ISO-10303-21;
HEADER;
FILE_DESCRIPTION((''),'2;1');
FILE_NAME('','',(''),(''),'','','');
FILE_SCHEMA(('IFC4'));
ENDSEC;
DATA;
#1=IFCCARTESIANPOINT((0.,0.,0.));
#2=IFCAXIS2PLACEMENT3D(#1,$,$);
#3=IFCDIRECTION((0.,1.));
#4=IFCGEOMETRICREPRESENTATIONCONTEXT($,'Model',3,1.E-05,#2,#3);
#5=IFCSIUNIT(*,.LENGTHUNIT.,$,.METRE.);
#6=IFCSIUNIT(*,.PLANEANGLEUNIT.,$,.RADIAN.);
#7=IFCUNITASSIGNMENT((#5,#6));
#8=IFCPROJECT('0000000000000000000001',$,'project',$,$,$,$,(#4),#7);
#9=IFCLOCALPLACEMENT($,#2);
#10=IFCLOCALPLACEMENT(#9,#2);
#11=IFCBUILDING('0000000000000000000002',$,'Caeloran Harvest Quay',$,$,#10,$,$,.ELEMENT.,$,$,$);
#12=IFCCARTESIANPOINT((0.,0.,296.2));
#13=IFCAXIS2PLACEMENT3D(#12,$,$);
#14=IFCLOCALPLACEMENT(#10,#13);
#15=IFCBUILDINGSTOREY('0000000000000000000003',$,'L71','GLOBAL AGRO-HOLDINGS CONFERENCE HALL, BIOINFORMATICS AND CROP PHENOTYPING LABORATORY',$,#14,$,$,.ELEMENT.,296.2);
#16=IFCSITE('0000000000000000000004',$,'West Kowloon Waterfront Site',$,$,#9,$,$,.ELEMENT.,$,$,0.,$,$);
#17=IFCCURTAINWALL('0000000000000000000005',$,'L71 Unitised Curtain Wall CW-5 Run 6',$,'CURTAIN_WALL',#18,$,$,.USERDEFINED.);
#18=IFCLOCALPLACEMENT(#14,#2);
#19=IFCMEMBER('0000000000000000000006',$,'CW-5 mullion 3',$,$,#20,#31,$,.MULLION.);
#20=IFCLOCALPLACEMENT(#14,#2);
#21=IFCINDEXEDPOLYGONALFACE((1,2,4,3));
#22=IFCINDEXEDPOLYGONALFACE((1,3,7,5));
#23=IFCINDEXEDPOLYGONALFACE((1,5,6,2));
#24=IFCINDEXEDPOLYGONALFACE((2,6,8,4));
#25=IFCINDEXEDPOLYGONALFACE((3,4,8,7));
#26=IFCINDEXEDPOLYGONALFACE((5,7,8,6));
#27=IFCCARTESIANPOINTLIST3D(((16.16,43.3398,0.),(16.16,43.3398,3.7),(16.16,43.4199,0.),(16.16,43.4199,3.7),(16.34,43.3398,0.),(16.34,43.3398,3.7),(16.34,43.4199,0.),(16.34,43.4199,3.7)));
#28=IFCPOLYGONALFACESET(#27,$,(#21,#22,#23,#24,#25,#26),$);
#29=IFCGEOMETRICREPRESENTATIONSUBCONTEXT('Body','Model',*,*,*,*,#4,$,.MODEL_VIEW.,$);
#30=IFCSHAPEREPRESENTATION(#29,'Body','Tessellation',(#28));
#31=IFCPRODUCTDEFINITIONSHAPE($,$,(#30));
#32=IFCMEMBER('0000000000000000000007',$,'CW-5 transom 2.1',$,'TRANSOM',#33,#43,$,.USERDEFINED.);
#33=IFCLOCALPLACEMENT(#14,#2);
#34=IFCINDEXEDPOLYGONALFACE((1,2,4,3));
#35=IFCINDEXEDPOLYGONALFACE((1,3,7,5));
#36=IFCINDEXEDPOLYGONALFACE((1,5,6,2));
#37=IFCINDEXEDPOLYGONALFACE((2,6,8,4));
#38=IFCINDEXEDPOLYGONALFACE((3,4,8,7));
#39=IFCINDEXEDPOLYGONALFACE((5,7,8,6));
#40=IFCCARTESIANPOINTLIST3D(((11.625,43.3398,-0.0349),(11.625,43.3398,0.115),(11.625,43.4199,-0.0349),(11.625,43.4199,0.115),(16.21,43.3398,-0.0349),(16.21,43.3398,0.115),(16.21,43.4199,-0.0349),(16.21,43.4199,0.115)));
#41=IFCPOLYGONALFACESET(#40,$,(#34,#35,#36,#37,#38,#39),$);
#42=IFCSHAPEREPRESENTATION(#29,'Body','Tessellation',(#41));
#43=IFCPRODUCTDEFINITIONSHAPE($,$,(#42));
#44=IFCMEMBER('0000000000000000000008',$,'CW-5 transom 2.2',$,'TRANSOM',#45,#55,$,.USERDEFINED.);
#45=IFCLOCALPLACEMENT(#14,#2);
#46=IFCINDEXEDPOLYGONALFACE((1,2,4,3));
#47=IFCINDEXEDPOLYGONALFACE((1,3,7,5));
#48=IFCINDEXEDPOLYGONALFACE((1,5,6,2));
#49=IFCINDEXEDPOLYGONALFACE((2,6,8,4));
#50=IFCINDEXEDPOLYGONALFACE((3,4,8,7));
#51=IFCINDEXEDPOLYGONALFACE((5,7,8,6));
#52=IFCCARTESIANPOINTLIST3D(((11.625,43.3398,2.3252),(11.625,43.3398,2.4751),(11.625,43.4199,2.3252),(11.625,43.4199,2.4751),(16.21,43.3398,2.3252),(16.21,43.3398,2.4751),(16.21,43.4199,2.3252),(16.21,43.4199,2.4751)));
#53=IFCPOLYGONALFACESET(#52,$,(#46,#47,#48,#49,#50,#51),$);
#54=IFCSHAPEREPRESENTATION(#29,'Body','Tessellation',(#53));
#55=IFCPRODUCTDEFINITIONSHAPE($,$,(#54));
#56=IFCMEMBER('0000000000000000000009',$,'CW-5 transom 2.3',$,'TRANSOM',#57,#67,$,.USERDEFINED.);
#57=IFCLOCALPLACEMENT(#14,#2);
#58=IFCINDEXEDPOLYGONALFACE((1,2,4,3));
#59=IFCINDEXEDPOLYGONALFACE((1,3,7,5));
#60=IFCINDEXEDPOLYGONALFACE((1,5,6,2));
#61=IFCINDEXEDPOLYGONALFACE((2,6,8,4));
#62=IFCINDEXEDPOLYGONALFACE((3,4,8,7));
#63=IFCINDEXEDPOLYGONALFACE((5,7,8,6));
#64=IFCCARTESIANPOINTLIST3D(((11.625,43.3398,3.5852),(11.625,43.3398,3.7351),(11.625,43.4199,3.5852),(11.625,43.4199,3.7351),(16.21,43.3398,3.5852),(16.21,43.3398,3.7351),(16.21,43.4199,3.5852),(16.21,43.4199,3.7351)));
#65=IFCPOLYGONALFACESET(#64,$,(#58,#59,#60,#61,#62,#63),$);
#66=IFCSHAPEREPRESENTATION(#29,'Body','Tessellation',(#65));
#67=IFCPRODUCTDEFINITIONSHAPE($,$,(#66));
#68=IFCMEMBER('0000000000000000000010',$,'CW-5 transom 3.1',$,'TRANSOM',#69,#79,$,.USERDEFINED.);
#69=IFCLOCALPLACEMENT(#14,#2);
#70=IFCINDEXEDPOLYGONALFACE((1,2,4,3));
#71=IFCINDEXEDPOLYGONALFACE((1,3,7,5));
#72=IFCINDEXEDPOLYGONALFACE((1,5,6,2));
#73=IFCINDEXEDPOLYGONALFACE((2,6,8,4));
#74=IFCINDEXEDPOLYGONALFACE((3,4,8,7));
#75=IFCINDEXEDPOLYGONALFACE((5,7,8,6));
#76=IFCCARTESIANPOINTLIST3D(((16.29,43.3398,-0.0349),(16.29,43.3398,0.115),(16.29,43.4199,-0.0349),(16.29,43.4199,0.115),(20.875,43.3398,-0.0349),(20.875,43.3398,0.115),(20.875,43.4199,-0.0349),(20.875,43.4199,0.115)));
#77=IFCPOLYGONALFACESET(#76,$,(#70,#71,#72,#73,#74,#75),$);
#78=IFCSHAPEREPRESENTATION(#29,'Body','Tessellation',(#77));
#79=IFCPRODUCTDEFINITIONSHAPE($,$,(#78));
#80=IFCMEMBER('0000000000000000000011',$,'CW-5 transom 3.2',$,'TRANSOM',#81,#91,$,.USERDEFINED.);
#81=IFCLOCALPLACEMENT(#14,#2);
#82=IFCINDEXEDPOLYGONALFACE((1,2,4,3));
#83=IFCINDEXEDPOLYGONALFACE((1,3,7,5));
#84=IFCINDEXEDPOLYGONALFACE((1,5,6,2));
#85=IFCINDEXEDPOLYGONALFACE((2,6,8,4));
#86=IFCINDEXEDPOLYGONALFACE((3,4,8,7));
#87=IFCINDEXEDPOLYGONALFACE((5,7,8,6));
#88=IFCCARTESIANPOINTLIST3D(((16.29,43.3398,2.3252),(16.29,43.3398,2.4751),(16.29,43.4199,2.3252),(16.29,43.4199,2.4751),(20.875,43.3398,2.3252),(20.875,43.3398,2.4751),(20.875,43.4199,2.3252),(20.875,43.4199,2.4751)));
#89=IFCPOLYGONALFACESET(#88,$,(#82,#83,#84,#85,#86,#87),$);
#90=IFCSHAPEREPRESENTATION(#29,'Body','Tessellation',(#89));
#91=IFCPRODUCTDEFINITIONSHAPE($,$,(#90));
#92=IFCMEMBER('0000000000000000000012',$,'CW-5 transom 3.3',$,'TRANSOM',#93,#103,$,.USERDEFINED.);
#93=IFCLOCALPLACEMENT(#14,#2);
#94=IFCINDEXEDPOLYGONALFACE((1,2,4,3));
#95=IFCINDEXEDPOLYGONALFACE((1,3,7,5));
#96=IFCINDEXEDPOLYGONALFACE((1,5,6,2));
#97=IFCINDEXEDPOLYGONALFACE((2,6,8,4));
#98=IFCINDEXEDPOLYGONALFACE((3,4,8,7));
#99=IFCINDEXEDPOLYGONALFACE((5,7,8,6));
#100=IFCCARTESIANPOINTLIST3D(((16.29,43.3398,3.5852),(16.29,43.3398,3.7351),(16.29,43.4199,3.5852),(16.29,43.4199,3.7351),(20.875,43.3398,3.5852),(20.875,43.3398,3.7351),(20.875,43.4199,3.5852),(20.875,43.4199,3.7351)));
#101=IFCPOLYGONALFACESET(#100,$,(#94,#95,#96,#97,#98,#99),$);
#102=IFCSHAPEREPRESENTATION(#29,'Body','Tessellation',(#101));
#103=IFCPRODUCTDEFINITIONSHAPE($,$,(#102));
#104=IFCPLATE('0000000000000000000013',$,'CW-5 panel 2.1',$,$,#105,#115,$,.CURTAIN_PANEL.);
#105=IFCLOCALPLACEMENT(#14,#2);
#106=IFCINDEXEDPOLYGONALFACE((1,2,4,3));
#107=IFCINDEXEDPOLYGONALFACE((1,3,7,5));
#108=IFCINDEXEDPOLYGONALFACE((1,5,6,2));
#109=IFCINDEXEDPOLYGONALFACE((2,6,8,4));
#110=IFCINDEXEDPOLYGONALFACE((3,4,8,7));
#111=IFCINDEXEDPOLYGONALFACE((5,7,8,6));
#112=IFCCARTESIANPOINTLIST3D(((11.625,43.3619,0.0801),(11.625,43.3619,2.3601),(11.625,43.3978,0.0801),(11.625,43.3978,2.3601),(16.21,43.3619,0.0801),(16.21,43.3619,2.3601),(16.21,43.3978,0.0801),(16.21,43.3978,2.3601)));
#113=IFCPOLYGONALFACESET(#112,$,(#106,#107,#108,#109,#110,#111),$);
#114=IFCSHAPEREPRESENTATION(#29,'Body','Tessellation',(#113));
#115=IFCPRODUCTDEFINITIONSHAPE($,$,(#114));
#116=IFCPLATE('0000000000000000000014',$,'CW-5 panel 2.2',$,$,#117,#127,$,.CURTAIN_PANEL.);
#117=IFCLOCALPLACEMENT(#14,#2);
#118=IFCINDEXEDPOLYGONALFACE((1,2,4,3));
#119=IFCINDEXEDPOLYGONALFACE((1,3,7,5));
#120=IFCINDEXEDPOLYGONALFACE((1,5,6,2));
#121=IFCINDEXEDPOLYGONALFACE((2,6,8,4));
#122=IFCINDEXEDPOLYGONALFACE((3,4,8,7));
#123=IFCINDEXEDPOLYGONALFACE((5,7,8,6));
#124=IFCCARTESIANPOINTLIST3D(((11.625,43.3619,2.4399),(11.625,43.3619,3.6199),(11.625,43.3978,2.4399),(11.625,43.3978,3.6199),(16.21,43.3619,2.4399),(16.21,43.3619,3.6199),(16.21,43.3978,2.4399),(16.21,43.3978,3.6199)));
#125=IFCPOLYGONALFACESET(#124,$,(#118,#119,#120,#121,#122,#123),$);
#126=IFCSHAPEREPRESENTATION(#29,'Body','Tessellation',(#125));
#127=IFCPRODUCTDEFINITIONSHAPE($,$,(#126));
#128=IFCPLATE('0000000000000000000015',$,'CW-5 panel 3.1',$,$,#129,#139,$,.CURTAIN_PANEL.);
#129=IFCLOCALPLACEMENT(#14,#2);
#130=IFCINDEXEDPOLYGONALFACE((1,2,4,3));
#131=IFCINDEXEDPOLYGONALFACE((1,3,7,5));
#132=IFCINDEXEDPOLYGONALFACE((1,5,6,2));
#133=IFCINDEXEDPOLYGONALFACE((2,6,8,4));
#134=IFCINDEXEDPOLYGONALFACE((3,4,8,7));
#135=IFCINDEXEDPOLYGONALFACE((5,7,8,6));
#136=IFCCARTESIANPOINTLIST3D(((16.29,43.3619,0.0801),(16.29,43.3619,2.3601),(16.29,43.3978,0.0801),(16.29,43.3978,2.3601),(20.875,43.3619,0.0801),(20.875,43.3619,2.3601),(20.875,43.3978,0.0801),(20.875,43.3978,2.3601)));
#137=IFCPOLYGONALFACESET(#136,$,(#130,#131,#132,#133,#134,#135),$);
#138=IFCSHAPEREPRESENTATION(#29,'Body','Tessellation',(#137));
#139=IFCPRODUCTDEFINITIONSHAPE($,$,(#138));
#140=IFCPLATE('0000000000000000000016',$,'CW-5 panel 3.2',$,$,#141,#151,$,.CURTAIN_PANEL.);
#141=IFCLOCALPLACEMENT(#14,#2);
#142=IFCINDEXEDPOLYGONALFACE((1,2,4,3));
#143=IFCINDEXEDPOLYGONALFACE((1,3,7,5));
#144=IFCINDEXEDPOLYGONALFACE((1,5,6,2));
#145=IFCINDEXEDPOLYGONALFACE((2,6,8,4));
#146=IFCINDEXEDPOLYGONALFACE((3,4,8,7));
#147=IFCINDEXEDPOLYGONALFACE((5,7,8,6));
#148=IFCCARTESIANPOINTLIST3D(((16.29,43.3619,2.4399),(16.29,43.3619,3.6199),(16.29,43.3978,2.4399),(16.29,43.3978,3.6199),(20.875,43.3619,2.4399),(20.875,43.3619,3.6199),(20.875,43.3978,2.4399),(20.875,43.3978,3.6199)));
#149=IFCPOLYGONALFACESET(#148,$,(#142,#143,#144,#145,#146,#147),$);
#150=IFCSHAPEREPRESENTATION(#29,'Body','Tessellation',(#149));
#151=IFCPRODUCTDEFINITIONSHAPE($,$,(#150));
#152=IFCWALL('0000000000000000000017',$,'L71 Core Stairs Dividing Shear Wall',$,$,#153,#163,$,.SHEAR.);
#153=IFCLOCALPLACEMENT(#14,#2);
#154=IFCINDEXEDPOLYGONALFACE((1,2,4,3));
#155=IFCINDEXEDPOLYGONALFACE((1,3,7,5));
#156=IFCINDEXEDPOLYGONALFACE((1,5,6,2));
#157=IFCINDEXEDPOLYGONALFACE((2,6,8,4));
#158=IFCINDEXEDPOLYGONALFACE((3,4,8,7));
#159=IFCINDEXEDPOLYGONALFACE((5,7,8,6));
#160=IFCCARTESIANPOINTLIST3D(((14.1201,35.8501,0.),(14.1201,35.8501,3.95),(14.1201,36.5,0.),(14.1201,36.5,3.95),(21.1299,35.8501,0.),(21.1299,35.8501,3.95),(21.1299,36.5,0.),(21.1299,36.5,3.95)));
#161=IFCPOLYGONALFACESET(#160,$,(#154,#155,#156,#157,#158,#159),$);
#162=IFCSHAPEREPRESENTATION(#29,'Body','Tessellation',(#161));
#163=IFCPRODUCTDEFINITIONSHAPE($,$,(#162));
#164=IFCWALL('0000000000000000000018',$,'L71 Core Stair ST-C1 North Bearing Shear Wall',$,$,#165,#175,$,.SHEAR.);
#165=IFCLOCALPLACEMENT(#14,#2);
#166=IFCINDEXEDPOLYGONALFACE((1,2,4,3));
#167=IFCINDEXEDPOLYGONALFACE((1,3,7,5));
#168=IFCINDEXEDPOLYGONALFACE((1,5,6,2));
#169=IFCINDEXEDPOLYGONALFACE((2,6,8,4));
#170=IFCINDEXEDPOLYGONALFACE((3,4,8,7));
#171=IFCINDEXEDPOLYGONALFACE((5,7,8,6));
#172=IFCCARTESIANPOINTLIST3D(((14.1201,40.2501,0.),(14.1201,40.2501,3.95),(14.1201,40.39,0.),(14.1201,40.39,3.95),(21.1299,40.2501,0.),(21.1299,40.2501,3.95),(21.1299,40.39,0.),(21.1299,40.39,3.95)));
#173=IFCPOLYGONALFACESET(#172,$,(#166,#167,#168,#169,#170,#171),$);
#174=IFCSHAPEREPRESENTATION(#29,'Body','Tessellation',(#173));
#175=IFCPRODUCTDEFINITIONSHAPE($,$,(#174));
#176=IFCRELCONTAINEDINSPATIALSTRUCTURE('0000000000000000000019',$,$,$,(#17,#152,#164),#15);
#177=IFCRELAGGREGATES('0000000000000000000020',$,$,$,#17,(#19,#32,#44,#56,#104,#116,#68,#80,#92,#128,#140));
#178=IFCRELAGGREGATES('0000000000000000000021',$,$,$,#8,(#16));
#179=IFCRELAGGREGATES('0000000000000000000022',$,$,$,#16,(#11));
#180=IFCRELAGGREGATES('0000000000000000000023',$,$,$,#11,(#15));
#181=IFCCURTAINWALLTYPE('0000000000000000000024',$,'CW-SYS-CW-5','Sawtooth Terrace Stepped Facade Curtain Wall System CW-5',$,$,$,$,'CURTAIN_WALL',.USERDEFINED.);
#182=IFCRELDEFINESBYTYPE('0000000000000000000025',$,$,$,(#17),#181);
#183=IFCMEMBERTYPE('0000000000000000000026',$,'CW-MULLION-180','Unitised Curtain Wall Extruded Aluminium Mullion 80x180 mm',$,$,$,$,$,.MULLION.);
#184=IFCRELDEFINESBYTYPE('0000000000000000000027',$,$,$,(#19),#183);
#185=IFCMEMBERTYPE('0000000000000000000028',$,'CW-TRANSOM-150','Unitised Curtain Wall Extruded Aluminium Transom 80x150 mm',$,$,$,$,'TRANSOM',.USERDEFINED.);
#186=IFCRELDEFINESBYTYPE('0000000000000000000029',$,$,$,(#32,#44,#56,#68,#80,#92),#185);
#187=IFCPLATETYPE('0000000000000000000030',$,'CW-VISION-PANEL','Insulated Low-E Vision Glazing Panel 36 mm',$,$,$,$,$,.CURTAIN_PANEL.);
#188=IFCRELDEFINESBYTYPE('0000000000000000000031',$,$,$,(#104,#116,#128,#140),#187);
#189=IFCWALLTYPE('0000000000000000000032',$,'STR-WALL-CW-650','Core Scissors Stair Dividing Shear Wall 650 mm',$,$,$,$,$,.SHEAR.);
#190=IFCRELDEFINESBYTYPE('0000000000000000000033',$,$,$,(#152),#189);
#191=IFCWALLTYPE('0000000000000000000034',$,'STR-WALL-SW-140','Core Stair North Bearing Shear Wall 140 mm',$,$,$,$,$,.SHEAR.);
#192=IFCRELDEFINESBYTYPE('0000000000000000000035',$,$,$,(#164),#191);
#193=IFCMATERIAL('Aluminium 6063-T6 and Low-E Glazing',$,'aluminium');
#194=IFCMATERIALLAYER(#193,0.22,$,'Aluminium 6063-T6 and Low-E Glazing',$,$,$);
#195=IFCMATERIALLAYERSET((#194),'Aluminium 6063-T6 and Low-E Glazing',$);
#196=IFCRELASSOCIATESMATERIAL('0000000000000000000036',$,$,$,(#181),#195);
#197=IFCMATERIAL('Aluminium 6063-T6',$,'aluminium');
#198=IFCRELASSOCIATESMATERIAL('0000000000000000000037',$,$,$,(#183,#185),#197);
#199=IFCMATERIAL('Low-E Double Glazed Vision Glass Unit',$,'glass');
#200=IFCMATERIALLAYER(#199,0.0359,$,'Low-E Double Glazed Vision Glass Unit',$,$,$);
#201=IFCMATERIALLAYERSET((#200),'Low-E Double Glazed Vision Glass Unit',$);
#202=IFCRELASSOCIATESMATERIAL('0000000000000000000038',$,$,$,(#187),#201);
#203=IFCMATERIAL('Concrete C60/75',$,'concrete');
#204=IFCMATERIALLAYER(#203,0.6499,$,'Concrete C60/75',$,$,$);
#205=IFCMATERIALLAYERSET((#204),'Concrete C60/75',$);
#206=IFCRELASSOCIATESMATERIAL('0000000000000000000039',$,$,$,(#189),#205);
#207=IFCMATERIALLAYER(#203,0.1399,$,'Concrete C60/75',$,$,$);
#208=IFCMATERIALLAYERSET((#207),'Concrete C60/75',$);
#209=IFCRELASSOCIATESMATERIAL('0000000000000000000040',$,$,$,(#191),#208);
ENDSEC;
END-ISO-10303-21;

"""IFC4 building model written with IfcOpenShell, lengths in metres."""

from ifc_helpers import new_model, si_unit, direction, frame, frame_2d, origin, origin_2d, place, context, subcontext, project, spatial, rectangle, extrude, material, layer, layer_set, material_profile, profile_set, type_object, element, aggregate, save


model = new_model("IFC4")

# Units and contexts
model_context = context("Model", 3, precision=1e-05, world=origin(), true_north=direction((0.0, 1.0)))
body_context = subcontext(model_context, "Body", "Model", "MODEL_VIEW")
ifc_project = project(units=[si_unit("LENGTHUNIT", "METRE"), si_unit("PLANEANGLEUNIT", "RADIAN")], contexts=[model_context])

# Site, building, storey
site_placement = place(None, origin())
site = spatial("IfcSite", under=ifc_project, at=site_placement, Name="West Kowloon Waterfront Site", CompositionType="ELEMENT", RefElevation=0.0)
building_placement = place(site_placement, origin())
building = spatial("IfcBuilding", under=site, at=building_placement, Name="Caeloran Harvest Quay", CompositionType="ELEMENT")
storey_placement = place(building_placement, frame((0.0, 0.0, 296.2)))
storey = spatial("IfcBuildingStorey", under=building, at=storey_placement, Name="L71", Description="GLOBAL AGRO-HOLDINGS CONFERENCE HALL, BIOINFORMATICS AND CROP PHENOTYPING LABORATORY", CompositionType="ELEMENT", Elevation=296.2)

# Curtain wall, members, plates
ifc_material_1 = material(Name="Aluminium 6063-T6 and Low-E Glazing", Category="aluminium")
ifc_layer_1 = layer(ifc_material_1, 0.22, Name="Aluminium 6063-T6 and Low-E Glazing")
ifc_layer_set_1 = layer_set([ifc_layer_1], Name="Aluminium 6063-T6 and Low-E Glazing")
curtain_wall_type = type_object("IfcCurtainWallType", Name="CW-SYS-CW-5", Description="Sawtooth Terrace Stepped Facade Curtain Wall System CW-5", ElementType="CURTAIN_WALL", PredefinedType="USERDEFINED", material=ifc_layer_set_1)
curtain_wall_placement = place(storey_placement, origin())
curtain_wall = element("IfcCurtainWall", 1, at=curtain_wall_placement, inside=storey, type_object=curtain_wall_type, Name="L71 Unitised Curtain Wall CW-5 Run 6", ObjectType="CURTAIN_WALL", PredefinedType="USERDEFINED")
ifc_material_2 = material(Name="Aluminium 6063-T6", Category="aluminium")
ifc_material_profile_1 = material_profile(ifc_material_2, rectangle(XDim=0.0801, YDim=0.1799, at=origin_2d()), Name="CW-MULLION-180")
ifc_profile_set_1 = profile_set([ifc_material_profile_1], Name="Aluminium 6063-T6")
member_type_1 = type_object("IfcMemberType", Name="CW-MULLION-180", Description="Unitised Curtain Wall Extruded Aluminium Mullion 80x180 mm", PredefinedType="MULLION", material=ifc_profile_set_1)
member_1_placement = place(storey_placement, frame((16.25, 43.3799, 0.0), z_axis=(0.0, 0.0, 1.0), x_axis=(0.0, 1.0, 0.0)))
member_1 = element("IfcMember", 2, at=member_1_placement, type_object=member_type_1, Name="CW-5 mullion 3", PredefinedType="MULLION", context=body_context, shape_type="SweptSolid", body=[
    extrude(rectangle(XDim=0.0801, YDim=0.1799, at=origin_2d()), origin(), (0.0, 0.0, 1.0), 3.7),
])
ifc_material_profile_2 = material_profile(ifc_material_2, rectangle(XDim=0.0801, YDim=0.1499, at=origin_2d()), Name="CW-TRANSOM-150")
ifc_profile_set_2 = profile_set([ifc_material_profile_2], Name="Aluminium 6063-T6")
member_type_2 = type_object("IfcMemberType", Name="CW-TRANSOM-150", Description="Unitised Curtain Wall Extruded Aluminium Transom 80x150 mm", ElementType="TRANSOM", PredefinedType="USERDEFINED", material=ifc_profile_set_2)
member_2_placement = place(storey_placement, frame((11.625, 43.3799, 0.04), z_axis=(1.0, 0.0, 0.0), x_axis=(0.0, 1.0, 0.0)))
member_2 = element("IfcMember", 3, at=member_2_placement, type_object=member_type_2, Name="CW-5 transom 2.1", ObjectType="TRANSOM", PredefinedType="USERDEFINED", context=body_context, shape_type="SweptSolid", body=[
    extrude(rectangle(XDim=0.0801, YDim=0.1499, at=origin_2d()), origin(), (0.0, 0.0, 1.0), 4.585),
])
member_3_placement = place(storey_placement, frame((11.625, 43.3799, 2.4001), z_axis=(1.0, 0.0, 0.0), x_axis=(0.0, 1.0, 0.0)))
member_3 = element("IfcMember", 4, at=member_3_placement, type_object=member_type_2, Name="CW-5 transom 2.2", ObjectType="TRANSOM", PredefinedType="USERDEFINED", context=body_context, shape_type="SweptSolid", body=[
    extrude(rectangle(XDim=0.0801, YDim=0.1499, at=origin_2d()), origin(), (0.0, 0.0, 1.0), 4.585),
])
member_4_placement = place(storey_placement, frame((11.625, 43.3799, 3.6602), z_axis=(1.0, 0.0, 0.0), x_axis=(0.0, 1.0, 0.0)))
member_4 = element("IfcMember", 5, at=member_4_placement, type_object=member_type_2, Name="CW-5 transom 2.3", ObjectType="TRANSOM", PredefinedType="USERDEFINED", context=body_context, shape_type="SweptSolid", body=[
    extrude(rectangle(XDim=0.0801, YDim=0.1499, at=origin_2d()), origin(), (0.0, 0.0, 1.0), 4.585),
])
member_5_placement = place(storey_placement, frame((16.29, 43.3799, 0.04), z_axis=(1.0, 0.0, 0.0), x_axis=(0.0, 1.0, 0.0)))
member_5 = element("IfcMember", 6, at=member_5_placement, type_object=member_type_2, Name="CW-5 transom 3.1", ObjectType="TRANSOM", PredefinedType="USERDEFINED", context=body_context, shape_type="SweptSolid", body=[
    extrude(rectangle(XDim=0.0801, YDim=0.1499, at=origin_2d()), origin(), (0.0, 0.0, 1.0), 4.585),
])
member_6_placement = place(storey_placement, frame((16.29, 43.3799, 2.4001), z_axis=(1.0, 0.0, 0.0), x_axis=(0.0, 1.0, 0.0)))
member_6 = element("IfcMember", 7, at=member_6_placement, type_object=member_type_2, Name="CW-5 transom 3.2", ObjectType="TRANSOM", PredefinedType="USERDEFINED", context=body_context, shape_type="SweptSolid", body=[
    extrude(rectangle(XDim=0.0801, YDim=0.1499, at=origin_2d()), origin(), (0.0, 0.0, 1.0), 4.585),
])
member_7_placement = place(storey_placement, frame((16.29, 43.3799, 3.6602), z_axis=(1.0, 0.0, 0.0), x_axis=(0.0, 1.0, 0.0)))
member_7 = element("IfcMember", 8, at=member_7_placement, type_object=member_type_2, Name="CW-5 transom 3.3", ObjectType="TRANSOM", PredefinedType="USERDEFINED", context=body_context, shape_type="SweptSolid", body=[
    extrude(rectangle(XDim=0.0801, YDim=0.1499, at=origin_2d()), origin(), (0.0, 0.0, 1.0), 4.585),
])
ifc_material_3 = material(Name="Low-E Double Glazed Vision Glass Unit", Category="glass")
ifc_layer_2 = layer(ifc_material_3, 0.0359, Name="Low-E Double Glazed Vision Glass Unit")
ifc_layer_set_2 = layer_set([ifc_layer_2], Name="Low-E Double Glazed Vision Glass Unit")
plate_type = type_object("IfcPlateType", Name="CW-VISION-PANEL", Description="Insulated Low-E Vision Glazing Panel 36 mm", PredefinedType="CURTAIN_PANEL", material=ifc_layer_set_2)
plate_1_placement = place(storey_placement, frame((13.9175, 43.3799, 0.0801), z_axis=(0.0, 0.0, 1.0), x_axis=(1.0, 0.0, 0.0)))
plate_1 = element("IfcPlate", 9, at=plate_1_placement, type_object=plate_type, Name="CW-5 panel 2.1", PredefinedType="CURTAIN_PANEL", context=body_context, shape_type="SweptSolid", body=[
    extrude(rectangle(XDim=4.585, YDim=0.0359, at=origin_2d()), origin(), (0.0, 0.0, 1.0), 2.28),
])
plate_2_placement = place(storey_placement, frame((13.9175, 43.3799, 2.4399), z_axis=(0.0, 0.0, 1.0), x_axis=(1.0, 0.0, 0.0)))
plate_2 = element("IfcPlate", 10, at=plate_2_placement, type_object=plate_type, Name="CW-5 panel 2.2", PredefinedType="CURTAIN_PANEL", context=body_context, shape_type="SweptSolid", body=[
    extrude(rectangle(XDim=4.585, YDim=0.0359, at=origin_2d()), origin(), (0.0, 0.0, 1.0), 1.1799),
])
plate_3_placement = place(storey_placement, frame((18.5825, 43.3799, 0.0801), z_axis=(0.0, 0.0, 1.0), x_axis=(1.0, 0.0, 0.0)))
plate_3 = element("IfcPlate", 11, at=plate_3_placement, type_object=plate_type, Name="CW-5 panel 3.1", PredefinedType="CURTAIN_PANEL", context=body_context, shape_type="SweptSolid", body=[
    extrude(rectangle(XDim=4.585, YDim=0.0359, at=origin_2d()), origin(), (0.0, 0.0, 1.0), 2.28),
])
plate_4_placement = place(storey_placement, frame((18.5825, 43.3799, 2.4399), z_axis=(0.0, 0.0, 1.0), x_axis=(1.0, 0.0, 0.0)))
plate_4 = element("IfcPlate", 12, at=plate_4_placement, type_object=plate_type, Name="CW-5 panel 3.2", PredefinedType="CURTAIN_PANEL", context=body_context, shape_type="SweptSolid", body=[
    extrude(rectangle(XDim=4.585, YDim=0.0359, at=origin_2d()), origin(), (0.0, 0.0, 1.0), 1.1799),
])
aggregate(curtain_wall, [member_1, member_2, member_3, member_4, plate_1, plate_2, member_5, member_6, member_7, plate_3, plate_4])

# Walls
ifc_material_4 = material(Name="Concrete C60/75", Category="concrete")
ifc_layer_3 = layer(ifc_material_4, 0.6499, Name="Concrete C60/75")
ifc_layer_set_3 = layer_set([ifc_layer_3], Name="Concrete C60/75")
wall_type_1 = type_object("IfcWallType", Name="STR-WALL-CW-650", Description="Core Scissors Stair Dividing Shear Wall 650 mm", PredefinedType="SHEAR", material=ifc_layer_set_3)
wall_1_placement = place(storey_placement, frame((14.1201, 36.175, 0.0), z_axis=(0.0, 0.0, 1.0), x_axis=(1.0, 0.0, 0.0)))
element("IfcWall", 13, at=wall_1_placement, inside=storey, type_object=wall_type_1, Name="L71 Core Stairs Dividing Shear Wall", PredefinedType="SHEAR", context=body_context, shape_type="SweptSolid", body=[
    extrude(rectangle(XDim=7.0098, YDim=0.6499, at=frame_2d((3.5049, 0.0))), origin(), (0.0, 0.0, 1.0), 3.95),
])
ifc_layer_4 = layer(ifc_material_4, 0.1399, Name="Concrete C60/75")
ifc_layer_set_4 = layer_set([ifc_layer_4], Name="Concrete C60/75")
wall_type_2 = type_object("IfcWallType", Name="STR-WALL-SW-140", Description="Core Stair North Bearing Shear Wall 140 mm", PredefinedType="SHEAR", material=ifc_layer_set_4)
wall_2_placement = place(storey_placement, frame((14.1201, 40.3201, 0.0), z_axis=(0.0, 0.0, 1.0), x_axis=(1.0, 0.0, 0.0)))
element("IfcWall", 14, at=wall_2_placement, inside=storey, type_object=wall_type_2, Name="L71 Core Stair ST-C1 North Bearing Shear Wall", PredefinedType="SHEAR", context=body_context, shape_type="SweptSolid", body=[
    extrude(rectangle(XDim=7.0098, YDim=0.1399, at=frame_2d((3.5049, 0.0))), origin(), (0.0, 0.0, 1.0), 3.95),
])

save(model, "model.ifc")
